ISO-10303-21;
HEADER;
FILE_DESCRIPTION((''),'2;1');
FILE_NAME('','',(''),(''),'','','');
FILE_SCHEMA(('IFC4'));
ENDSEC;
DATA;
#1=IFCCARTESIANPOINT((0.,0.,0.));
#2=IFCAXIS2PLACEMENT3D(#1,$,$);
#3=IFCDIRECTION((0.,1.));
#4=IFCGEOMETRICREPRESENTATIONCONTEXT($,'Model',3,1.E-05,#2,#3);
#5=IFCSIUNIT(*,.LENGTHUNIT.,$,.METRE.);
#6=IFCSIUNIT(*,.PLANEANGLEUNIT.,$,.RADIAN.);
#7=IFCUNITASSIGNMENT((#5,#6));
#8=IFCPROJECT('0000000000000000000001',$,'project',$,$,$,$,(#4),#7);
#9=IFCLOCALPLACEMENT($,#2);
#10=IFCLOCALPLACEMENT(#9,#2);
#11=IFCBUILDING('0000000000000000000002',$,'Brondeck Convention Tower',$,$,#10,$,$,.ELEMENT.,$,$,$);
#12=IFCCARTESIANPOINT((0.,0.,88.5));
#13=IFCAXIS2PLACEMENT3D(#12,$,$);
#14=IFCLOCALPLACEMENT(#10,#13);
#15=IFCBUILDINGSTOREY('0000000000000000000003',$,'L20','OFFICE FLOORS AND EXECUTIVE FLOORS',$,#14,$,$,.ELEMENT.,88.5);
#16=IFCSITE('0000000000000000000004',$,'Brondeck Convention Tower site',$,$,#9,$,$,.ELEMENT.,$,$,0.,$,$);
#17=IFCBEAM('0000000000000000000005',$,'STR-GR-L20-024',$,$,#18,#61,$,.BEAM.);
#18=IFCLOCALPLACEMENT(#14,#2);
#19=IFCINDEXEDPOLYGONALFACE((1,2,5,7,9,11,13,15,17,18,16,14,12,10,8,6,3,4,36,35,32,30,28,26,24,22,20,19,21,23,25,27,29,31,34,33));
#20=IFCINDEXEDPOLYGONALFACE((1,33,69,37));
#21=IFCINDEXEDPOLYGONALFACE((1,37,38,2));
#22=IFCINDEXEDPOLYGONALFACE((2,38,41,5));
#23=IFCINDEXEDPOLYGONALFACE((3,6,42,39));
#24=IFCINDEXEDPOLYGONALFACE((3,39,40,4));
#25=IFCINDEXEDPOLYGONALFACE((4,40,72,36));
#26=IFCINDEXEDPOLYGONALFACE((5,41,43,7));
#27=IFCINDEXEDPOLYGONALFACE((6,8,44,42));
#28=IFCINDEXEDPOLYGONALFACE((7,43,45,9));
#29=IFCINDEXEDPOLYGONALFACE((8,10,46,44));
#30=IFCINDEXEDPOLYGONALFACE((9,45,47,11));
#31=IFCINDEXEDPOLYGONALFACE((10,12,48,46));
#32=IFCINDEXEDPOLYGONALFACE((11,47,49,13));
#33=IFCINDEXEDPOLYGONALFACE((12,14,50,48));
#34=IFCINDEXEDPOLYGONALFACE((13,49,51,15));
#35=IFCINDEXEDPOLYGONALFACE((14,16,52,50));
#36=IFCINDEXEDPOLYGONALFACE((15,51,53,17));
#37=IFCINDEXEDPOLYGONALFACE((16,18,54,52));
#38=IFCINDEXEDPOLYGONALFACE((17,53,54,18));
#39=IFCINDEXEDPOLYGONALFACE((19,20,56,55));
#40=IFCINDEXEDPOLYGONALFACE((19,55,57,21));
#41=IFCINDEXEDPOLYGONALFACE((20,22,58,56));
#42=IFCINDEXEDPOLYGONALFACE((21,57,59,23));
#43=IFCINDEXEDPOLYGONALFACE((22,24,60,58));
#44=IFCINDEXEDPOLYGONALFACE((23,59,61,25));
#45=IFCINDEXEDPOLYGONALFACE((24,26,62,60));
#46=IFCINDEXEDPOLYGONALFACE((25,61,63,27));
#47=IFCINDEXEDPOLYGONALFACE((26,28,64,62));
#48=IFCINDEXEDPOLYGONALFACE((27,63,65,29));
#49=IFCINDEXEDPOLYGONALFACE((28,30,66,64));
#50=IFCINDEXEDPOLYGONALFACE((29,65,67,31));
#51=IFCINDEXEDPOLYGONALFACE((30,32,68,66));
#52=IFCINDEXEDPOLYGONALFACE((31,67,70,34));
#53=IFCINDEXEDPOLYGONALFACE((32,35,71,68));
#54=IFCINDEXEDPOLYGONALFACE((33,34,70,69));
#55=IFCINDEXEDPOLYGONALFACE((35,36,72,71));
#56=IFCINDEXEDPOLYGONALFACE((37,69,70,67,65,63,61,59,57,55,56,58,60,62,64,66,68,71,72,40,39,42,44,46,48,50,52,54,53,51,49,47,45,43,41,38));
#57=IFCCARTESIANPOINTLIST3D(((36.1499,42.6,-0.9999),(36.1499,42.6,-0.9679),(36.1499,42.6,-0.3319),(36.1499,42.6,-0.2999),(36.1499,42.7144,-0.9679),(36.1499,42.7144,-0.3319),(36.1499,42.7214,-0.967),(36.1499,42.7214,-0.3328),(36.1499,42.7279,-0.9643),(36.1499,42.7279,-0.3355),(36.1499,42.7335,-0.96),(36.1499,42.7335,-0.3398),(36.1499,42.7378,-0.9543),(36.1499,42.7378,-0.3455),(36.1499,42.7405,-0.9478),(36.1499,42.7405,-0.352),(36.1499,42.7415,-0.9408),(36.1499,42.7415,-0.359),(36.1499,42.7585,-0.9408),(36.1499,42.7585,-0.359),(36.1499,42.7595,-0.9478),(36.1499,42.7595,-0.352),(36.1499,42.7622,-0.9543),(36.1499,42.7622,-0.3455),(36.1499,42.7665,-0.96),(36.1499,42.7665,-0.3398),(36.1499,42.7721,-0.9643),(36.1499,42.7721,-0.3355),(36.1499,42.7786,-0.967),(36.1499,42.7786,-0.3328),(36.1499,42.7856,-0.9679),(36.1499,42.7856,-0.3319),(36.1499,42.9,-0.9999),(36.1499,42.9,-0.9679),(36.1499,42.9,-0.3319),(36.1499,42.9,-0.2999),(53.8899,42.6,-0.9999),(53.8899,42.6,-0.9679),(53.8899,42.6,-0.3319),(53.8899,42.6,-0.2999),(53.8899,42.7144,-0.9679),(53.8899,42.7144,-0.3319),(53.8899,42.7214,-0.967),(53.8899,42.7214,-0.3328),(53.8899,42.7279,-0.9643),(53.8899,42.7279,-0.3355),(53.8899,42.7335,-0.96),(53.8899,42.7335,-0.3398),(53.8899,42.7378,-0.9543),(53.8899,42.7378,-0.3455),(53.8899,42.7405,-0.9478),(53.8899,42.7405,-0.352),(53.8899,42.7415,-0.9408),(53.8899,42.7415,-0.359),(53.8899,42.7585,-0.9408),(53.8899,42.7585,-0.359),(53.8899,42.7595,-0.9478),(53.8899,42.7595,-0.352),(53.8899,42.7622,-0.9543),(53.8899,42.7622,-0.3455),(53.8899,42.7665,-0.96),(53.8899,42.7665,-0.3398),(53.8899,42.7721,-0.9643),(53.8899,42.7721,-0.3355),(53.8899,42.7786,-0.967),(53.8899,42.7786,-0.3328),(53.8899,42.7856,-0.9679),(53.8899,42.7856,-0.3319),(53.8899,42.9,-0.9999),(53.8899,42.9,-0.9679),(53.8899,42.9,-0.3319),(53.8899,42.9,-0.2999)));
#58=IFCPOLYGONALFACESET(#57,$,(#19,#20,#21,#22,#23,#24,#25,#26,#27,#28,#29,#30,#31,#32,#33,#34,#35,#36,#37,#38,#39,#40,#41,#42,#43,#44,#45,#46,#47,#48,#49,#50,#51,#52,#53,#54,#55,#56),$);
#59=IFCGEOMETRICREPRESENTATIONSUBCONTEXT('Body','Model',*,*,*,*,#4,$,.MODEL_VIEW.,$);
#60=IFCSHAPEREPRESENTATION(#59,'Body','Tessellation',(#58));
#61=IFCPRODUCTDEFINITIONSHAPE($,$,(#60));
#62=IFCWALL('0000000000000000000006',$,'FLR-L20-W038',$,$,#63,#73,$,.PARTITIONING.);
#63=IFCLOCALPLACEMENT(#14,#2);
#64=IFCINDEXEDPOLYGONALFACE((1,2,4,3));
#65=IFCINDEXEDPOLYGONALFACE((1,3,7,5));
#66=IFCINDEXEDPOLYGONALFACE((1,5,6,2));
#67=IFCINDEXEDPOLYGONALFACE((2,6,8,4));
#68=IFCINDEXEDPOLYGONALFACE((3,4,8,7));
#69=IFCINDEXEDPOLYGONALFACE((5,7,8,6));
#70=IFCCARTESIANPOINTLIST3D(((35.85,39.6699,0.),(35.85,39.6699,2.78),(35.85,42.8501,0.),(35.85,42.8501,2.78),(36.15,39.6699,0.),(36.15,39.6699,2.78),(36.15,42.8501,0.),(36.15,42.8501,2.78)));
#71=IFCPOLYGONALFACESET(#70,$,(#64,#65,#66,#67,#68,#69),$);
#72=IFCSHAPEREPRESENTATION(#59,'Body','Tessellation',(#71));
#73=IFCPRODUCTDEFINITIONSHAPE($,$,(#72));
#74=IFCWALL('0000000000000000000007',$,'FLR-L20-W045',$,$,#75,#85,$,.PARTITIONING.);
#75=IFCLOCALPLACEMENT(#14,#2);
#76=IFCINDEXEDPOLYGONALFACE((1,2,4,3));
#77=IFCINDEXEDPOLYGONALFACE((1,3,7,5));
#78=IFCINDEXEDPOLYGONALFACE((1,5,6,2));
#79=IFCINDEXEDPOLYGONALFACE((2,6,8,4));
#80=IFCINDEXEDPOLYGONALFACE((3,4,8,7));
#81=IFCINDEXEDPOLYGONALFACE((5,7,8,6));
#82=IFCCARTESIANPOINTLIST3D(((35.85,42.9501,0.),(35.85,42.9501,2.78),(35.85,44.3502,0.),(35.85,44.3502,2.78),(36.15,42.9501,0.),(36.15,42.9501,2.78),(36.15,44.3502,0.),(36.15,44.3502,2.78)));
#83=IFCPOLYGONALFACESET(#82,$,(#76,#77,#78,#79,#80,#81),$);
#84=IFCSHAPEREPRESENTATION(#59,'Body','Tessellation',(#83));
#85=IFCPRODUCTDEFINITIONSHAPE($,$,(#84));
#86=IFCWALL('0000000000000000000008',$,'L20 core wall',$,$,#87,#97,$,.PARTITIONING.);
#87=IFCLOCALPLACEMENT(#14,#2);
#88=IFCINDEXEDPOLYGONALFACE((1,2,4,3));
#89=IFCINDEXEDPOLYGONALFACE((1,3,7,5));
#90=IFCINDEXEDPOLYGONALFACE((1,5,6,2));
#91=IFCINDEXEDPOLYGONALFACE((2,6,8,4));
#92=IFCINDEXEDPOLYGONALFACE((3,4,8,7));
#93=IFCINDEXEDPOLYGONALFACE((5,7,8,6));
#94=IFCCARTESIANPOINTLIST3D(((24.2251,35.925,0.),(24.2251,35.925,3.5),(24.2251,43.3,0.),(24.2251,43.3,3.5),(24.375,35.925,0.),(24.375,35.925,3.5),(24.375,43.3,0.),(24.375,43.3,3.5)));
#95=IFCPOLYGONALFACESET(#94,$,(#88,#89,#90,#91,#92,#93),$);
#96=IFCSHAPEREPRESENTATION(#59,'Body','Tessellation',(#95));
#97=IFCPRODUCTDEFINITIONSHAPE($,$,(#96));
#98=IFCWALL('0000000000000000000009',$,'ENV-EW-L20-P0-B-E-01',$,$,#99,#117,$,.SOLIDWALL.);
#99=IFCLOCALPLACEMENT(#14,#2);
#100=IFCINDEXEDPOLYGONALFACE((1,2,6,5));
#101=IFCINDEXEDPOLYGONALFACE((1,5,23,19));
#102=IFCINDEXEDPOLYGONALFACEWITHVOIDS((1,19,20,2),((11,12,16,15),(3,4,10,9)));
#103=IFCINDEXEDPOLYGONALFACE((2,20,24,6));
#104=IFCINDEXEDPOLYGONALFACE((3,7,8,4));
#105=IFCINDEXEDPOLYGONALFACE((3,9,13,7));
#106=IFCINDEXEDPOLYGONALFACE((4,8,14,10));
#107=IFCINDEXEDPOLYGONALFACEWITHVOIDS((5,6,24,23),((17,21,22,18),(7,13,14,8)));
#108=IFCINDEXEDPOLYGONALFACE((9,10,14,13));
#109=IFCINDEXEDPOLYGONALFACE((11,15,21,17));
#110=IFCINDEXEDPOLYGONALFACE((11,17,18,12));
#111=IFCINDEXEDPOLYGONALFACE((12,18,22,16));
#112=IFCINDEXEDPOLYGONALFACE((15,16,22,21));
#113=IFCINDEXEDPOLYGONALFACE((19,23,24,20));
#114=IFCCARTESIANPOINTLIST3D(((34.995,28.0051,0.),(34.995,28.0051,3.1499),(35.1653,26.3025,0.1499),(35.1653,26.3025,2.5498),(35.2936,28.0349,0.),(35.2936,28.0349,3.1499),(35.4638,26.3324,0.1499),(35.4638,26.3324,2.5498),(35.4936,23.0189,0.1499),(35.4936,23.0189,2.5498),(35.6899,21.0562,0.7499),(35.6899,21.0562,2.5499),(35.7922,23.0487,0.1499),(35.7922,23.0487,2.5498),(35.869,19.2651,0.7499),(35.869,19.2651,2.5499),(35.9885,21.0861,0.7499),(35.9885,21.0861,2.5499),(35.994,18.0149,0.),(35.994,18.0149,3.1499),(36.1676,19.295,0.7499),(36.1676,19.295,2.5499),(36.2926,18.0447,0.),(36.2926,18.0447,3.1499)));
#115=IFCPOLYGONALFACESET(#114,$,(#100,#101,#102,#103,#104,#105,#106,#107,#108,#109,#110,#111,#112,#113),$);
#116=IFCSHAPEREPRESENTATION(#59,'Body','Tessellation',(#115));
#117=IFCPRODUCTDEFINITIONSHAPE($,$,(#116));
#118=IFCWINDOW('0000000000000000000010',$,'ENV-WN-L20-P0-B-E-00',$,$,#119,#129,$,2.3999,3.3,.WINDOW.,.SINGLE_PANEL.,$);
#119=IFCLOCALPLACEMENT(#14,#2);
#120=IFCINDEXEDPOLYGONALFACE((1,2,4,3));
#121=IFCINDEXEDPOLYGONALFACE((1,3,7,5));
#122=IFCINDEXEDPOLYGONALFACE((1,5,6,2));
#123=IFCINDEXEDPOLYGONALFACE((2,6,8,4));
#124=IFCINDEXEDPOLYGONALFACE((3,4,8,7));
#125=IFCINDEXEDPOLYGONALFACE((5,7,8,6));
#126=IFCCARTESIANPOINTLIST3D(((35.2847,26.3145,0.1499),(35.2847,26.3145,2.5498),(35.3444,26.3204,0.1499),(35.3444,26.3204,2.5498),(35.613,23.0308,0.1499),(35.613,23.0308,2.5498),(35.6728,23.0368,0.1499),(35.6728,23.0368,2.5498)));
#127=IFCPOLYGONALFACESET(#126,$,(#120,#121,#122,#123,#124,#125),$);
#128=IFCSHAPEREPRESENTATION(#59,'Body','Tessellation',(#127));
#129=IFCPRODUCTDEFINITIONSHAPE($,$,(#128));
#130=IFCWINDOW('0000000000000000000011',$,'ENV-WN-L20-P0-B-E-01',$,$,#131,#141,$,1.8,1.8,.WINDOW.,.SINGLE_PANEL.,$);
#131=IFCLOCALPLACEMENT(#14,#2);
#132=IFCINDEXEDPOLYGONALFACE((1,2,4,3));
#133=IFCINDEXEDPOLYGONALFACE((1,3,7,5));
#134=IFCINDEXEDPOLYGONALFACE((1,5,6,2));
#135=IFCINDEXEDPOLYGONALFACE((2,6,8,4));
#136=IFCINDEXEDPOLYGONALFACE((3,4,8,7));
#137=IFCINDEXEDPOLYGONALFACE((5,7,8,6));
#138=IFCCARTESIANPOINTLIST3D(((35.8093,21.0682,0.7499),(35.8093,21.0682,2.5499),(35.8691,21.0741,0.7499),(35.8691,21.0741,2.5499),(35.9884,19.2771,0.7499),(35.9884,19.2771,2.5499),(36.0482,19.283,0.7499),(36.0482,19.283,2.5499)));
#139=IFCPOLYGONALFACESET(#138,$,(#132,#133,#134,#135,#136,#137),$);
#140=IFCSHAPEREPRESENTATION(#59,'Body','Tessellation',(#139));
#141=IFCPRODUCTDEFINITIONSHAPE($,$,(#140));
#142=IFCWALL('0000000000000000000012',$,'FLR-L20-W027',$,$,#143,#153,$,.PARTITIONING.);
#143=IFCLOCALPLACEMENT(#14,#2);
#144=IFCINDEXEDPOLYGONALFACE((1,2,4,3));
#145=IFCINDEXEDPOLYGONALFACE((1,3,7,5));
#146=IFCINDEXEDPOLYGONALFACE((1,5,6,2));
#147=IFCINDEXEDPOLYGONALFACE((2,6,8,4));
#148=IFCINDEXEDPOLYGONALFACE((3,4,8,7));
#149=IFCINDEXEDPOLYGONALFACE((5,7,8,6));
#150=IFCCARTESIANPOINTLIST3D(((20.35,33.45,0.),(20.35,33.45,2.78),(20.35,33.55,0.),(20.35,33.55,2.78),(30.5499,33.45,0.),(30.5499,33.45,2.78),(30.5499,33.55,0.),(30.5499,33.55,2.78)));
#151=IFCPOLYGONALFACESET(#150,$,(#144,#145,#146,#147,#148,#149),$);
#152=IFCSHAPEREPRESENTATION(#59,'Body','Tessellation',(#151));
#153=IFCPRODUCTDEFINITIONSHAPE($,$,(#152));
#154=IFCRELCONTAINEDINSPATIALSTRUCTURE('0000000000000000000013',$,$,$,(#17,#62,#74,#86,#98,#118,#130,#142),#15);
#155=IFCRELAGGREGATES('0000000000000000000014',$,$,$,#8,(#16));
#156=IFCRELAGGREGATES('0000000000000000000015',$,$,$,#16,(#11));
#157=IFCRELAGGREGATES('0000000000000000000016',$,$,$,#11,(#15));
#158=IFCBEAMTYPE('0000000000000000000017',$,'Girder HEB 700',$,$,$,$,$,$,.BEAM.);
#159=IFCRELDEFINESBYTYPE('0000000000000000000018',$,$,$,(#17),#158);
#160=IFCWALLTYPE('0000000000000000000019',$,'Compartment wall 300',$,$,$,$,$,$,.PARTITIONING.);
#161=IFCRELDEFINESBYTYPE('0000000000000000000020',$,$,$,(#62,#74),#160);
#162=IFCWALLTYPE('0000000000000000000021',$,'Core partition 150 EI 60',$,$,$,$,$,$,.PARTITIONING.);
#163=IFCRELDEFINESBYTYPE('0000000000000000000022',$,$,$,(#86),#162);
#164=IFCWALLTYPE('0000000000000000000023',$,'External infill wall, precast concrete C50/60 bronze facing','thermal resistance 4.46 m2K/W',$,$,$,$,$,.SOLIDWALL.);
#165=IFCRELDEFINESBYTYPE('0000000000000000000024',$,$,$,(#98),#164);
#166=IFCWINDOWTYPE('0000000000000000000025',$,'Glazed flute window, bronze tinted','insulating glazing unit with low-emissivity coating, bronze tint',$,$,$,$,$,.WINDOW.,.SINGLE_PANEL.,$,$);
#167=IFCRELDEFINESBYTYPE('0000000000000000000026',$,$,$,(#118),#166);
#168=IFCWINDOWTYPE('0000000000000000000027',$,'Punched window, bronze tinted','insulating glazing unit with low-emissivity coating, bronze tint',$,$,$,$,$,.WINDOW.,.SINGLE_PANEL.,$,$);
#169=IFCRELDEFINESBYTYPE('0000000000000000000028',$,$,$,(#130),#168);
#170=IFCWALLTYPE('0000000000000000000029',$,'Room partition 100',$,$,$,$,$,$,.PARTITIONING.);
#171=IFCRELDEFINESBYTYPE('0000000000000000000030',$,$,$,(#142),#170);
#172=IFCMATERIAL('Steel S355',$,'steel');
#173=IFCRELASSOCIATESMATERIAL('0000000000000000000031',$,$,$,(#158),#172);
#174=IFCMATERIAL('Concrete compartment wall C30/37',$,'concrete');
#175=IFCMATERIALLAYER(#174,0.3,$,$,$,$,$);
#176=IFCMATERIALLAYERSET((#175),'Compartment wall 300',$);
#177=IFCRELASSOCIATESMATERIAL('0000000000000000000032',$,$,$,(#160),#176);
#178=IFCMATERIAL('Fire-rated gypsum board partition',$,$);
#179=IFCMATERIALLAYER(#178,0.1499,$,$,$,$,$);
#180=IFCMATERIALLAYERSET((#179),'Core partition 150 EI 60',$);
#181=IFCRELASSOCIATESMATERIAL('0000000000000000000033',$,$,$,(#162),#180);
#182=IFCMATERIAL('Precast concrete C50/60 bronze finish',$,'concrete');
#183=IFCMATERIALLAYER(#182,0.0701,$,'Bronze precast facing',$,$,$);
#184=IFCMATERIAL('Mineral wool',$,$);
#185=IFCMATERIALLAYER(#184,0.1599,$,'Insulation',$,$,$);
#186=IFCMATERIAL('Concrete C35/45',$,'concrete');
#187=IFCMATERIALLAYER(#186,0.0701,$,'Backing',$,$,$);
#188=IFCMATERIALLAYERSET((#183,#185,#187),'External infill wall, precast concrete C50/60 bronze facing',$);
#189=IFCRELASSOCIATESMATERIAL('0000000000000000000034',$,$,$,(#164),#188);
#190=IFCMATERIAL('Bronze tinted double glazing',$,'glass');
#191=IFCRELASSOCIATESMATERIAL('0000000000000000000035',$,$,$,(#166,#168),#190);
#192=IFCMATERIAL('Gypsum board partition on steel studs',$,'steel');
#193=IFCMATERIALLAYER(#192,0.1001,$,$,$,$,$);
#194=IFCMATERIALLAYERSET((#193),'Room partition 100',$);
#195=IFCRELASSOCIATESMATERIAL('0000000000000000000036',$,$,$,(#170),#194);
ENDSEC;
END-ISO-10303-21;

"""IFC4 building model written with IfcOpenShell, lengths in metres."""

from ifc_helpers import new_model, si_unit, direction, frame, frame_2d, origin, origin_2d, place, context, subcontext, project, spatial, rectangle, i_section, extrude, material, layer, layer_set, material_profile, profile_set, type_object, element, fill, save


model = new_model("IFC4")

# Units and contexts
model_context = context("Model", 3, precision=1e-05, world=origin(), true_north=direction((0.0, 1.0)))
body_context = subcontext(model_context, "Body", "Model", "MODEL_VIEW")
ifc_project = project(units=[si_unit("LENGTHUNIT", "METRE"), si_unit("PLANEANGLEUNIT", "RADIAN")], contexts=[model_context])

# Site, building, storey
site_placement = place(None, origin())
site = spatial("IfcSite", under=ifc_project, at=site_placement, Name="Brondeck Convention Tower site", CompositionType="ELEMENT", RefElevation=0.0)
building_placement = place(site_placement, origin())
building = spatial("IfcBuilding", under=site, at=building_placement, Name="Brondeck Convention Tower", CompositionType="ELEMENT")
storey_placement = place(building_placement, frame((0.0, 0.0, 88.5)))
storey = spatial("IfcBuildingStorey", under=building, at=storey_placement, Name="L20", Description="OFFICE FLOORS AND EXECUTIVE FLOORS", CompositionType="ELEMENT", Elevation=88.5)

# Beam
ifc_material_1 = material(Name="Steel S355", Category="steel")
ifc_material_profile_1 = material_profile(ifc_material_1, i_section(OverallWidth=0.3, OverallDepth=0.7, WebThickness=0.0171, FlangeThickness=0.032, FilletRadius=0.0271, at=origin_2d()), Name="HEB 700")
ifc_profile_set_1 = profile_set([ifc_material_profile_1], Name="Steel S355")
beam_type = type_object("IfcBeamType", Name="Girder HEB 700", PredefinedType="BEAM", material=ifc_profile_set_1)
beam_1_placement = place(storey_placement, frame((36.1499, 42.75, -0.6499), z_axis=(1.0, 0.0, 0.0), x_axis=(0.0, 1.0, 0.0)))
element("IfcBeam", 1, at=beam_1_placement, inside=storey, type_object=beam_type, Name="STR-GR-L20-024", PredefinedType="BEAM", context=body_context, shape_type="SweptSolid", body=[
    extrude(i_section(OverallWidth=0.3, OverallDepth=0.7, WebThickness=0.0171, FlangeThickness=0.032, FilletRadius=0.0271, at=origin_2d()), origin(), (0.0, 0.0, 1.0), 17.74),
])

# Walls
ifc_material_2 = material(Name="Concrete compartment wall C30/37", Category="concrete")
ifc_layer_1 = layer(ifc_material_2, 0.3)
ifc_layer_set_1 = layer_set([ifc_layer_1], Name="Compartment wall 300")
wall_type_1 = type_object("IfcWallType", Name="Compartment wall 300", PredefinedType="PARTITIONING", material=ifc_layer_set_1)
wall_1_placement = place(storey_placement, frame((36.0, 39.6699, 0.0), z_axis=(0.0, 0.0, 1.0), x_axis=(0.0, 1.0, 0.0)))
element("IfcWall", 2, at=wall_1_placement, inside=storey, type_object=wall_type_1, Name="FLR-L20-W038", PredefinedType="PARTITIONING", context=body_context, shape_type="SweptSolid", body=[
    extrude(rectangle(XDim=3.1802, YDim=0.3, at=frame_2d((1.5901, 0.0))), origin(), (0.0, 0.0, 1.0), 2.78),
])
wall_2_placement = place(storey_placement, frame((36.0, 42.95, 0.0), z_axis=(0.0, 0.0, 1.0), x_axis=(0.0, 1.0, 0.0)))
element("IfcWall", 3, at=wall_2_placement, inside=storey, type_object=wall_type_1, Name="FLR-L20-W045", PredefinedType="PARTITIONING", context=body_context, shape_type="SweptSolid", body=[
    extrude(rectangle(XDim=1.4001, YDim=0.3, at=frame_2d((0.7002, 0.0))), origin(), (0.0, 0.0, 1.0), 2.78),
])
ifc_material_3 = material(Name="Fire-rated gypsum board partition")
ifc_layer_2 = layer(ifc_material_3, 0.1499)
ifc_layer_set_2 = layer_set([ifc_layer_2], Name="Core partition 150 EI 60")
wall_type_2 = type_object("IfcWallType", Name="Core partition 150 EI 60", PredefinedType="PARTITIONING", material=ifc_layer_set_2)
wall_3_placement = place(storey_placement, frame((24.3, 35.925, 0.0), z_axis=(0.0, 0.0, 1.0), x_axis=(0.0, 1.0, 0.0)))
element("IfcWall", 4, at=wall_3_placement, inside=storey, type_object=wall_type_2, Name="L20 core wall", PredefinedType="PARTITIONING", context=body_context, shape_type="SweptSolid", body=[
    extrude(rectangle(XDim=7.375, YDim=0.1499, at=frame_2d((3.6875, 0.0))), origin(), (0.0, 0.0, 1.0), 3.5),
])

# Wall, openings, windows
ifc_material_4 = material(Name="Precast concrete C50/60 bronze finish", Category="concrete")
ifc_layer_3 = layer(ifc_material_4, 0.0701, Name="Bronze precast facing")
ifc_material_5 = material(Name="Mineral wool")
ifc_layer_4 = layer(ifc_material_5, 0.1599, Name="Insulation")
ifc_material_6 = material(Name="Concrete C35/45", Category="concrete")
ifc_layer_5 = layer(ifc_material_6, 0.0701, Name="Backing")
ifc_layer_set_3 = layer_set([ifc_layer_3, ifc_layer_4, ifc_layer_5], Name="External infill wall, precast concrete C50/60 bronze facing")
wall_type_3 = type_object("IfcWallType", Name="External infill wall, precast concrete C50/60 bronze facing", Description="thermal resistance 4.46 m2K/W", PredefinedType="SOLIDWALL", material=ifc_layer_set_3)
wall_4_placement = place(storey_placement, frame((35.1443, 28.02, 0.0), z_axis=(0.0, 0.0, 1.0), x_axis=(0.099504, -0.995037, 0.0)))
wall_4 = element("IfcWall", 5, at=wall_4_placement, inside=storey, type_object=wall_type_3, Name="ENV-EW-L20-P0-B-E-01", PredefinedType="SOLIDWALL", context=body_context, shape_type="SweptSolid", body=[
    extrude(rectangle(XDim=10.04, YDim=0.3, at=frame_2d((5.02, 0.0))), origin(), (0.0, 0.0, 1.0), 3.1499),
])
opening_1_placement = place(wall_4_placement, frame((1.7112, 0.0, 0.1499)))
opening_1 = element("IfcOpeningElement", 6, at=opening_1_placement, cuts=wall_4, PredefinedType="OPENING", context=body_context, shape_type="SweptSolid", body=[
    extrude(rectangle(XDim=3.3, YDim=2.3999, at=frame_2d((1.6499, 1.2))), frame((0.0, 0.1599, 0.0), z_axis=(0.0, -1.0, 0.0), x_axis=(1.0, 0.0, 0.0)), (0.0, 0.0, 1.0), 0.3201),
])
opening_2_placement = place(wall_4_placement, frame((6.9836, 0.0, 0.75)))
opening_2 = element("IfcOpeningElement", 7, at=opening_2_placement, cuts=wall_4, PredefinedType="OPENING", context=body_context, shape_type="SweptSolid", body=[
    extrude(rectangle(XDim=1.8, YDim=1.8, at=frame_2d((0.8999, 0.8999))), frame((0.0, 0.1599, 0.0), z_axis=(0.0, -1.0, 0.0), x_axis=(1.0, 0.0, 0.0)), (0.0, 0.0, 1.0), 0.3201),
])
ifc_material_7 = material(Name="Bronze tinted double glazing", Category="glass")
window_type_1 = type_object("IfcWindowType", Name="Glazed flute window, bronze tinted", Description="insulating glazing unit with low-emissivity coating, bronze tint", PartitioningType="SINGLE_PANEL", PredefinedType="WINDOW", material=ifc_material_7)
window_1_placement = place(opening_1_placement, origin())
window_1 = element("IfcWindow", 8, at=window_1_placement, inside=storey, type_object=window_type_1, Name="ENV-WN-L20-P0-B-E-00", OverallHeight=2.3999, OverallWidth=3.3, PartitioningType="SINGLE_PANEL", PredefinedType="WINDOW", context=body_context, shape_type="SweptSolid", body=[
    extrude(rectangle(XDim=3.3, YDim=2.3999, at=frame_2d((1.6499, 1.2))), frame((0.0, 0.03, 0.0), z_axis=(0.0, -1.0, 0.0), x_axis=(1.0, 0.0, 0.0)), (0.0, 0.0, 1.0), 0.0601),
])
fill(opening_1, window_1)
window_type_2 = type_object("IfcWindowType", Name="Punched window, bronze tinted", Description="insulating glazing unit with low-emissivity coating, bronze tint", PartitioningType="SINGLE_PANEL", PredefinedType="WINDOW", material=ifc_material_7)
window_2_placement = place(opening_2_placement, origin())
window_2 = element("IfcWindow", 9, at=window_2_placement, inside=storey, type_object=window_type_2, Name="ENV-WN-L20-P0-B-E-01", OverallHeight=1.8, OverallWidth=1.8, PartitioningType="SINGLE_PANEL", PredefinedType="WINDOW", context=body_context, shape_type="SweptSolid", body=[
    extrude(rectangle(XDim=1.8, YDim=1.8, at=frame_2d((0.8999, 0.8999))), frame((0.0, 0.03, 0.0), z_axis=(0.0, -1.0, 0.0), x_axis=(1.0, 0.0, 0.0)), (0.0, 0.0, 1.0), 0.0601),
])
fill(opening_2, window_2)

# Wall
ifc_material_8 = material(Name="Gypsum board partition on steel studs", Category="steel")
ifc_layer_6 = layer(ifc_material_8, 0.1001)
ifc_layer_set_4 = layer_set([ifc_layer_6], Name="Room partition 100")
wall_type_4 = type_object("IfcWallType", Name="Room partition 100", PredefinedType="PARTITIONING", material=ifc_layer_set_4)
wall_5_placement = place(storey_placement, frame((30.55, 33.5, 0.0), z_axis=(0.0, 0.0, 1.0), x_axis=(-1.0, 0.0, 0.0)))
element("IfcWall", 10, at=wall_5_placement, inside=storey, type_object=wall_type_4, Name="FLR-L20-W027", PredefinedType="PARTITIONING", context=body_context, shape_type="SweptSolid", body=[
    extrude(rectangle(XDim=10.2, YDim=0.1001, at=frame_2d((5.1001, 0.0))), origin(), (0.0, 0.0, 1.0), 2.78),
])

save(model, "model.ifc")
